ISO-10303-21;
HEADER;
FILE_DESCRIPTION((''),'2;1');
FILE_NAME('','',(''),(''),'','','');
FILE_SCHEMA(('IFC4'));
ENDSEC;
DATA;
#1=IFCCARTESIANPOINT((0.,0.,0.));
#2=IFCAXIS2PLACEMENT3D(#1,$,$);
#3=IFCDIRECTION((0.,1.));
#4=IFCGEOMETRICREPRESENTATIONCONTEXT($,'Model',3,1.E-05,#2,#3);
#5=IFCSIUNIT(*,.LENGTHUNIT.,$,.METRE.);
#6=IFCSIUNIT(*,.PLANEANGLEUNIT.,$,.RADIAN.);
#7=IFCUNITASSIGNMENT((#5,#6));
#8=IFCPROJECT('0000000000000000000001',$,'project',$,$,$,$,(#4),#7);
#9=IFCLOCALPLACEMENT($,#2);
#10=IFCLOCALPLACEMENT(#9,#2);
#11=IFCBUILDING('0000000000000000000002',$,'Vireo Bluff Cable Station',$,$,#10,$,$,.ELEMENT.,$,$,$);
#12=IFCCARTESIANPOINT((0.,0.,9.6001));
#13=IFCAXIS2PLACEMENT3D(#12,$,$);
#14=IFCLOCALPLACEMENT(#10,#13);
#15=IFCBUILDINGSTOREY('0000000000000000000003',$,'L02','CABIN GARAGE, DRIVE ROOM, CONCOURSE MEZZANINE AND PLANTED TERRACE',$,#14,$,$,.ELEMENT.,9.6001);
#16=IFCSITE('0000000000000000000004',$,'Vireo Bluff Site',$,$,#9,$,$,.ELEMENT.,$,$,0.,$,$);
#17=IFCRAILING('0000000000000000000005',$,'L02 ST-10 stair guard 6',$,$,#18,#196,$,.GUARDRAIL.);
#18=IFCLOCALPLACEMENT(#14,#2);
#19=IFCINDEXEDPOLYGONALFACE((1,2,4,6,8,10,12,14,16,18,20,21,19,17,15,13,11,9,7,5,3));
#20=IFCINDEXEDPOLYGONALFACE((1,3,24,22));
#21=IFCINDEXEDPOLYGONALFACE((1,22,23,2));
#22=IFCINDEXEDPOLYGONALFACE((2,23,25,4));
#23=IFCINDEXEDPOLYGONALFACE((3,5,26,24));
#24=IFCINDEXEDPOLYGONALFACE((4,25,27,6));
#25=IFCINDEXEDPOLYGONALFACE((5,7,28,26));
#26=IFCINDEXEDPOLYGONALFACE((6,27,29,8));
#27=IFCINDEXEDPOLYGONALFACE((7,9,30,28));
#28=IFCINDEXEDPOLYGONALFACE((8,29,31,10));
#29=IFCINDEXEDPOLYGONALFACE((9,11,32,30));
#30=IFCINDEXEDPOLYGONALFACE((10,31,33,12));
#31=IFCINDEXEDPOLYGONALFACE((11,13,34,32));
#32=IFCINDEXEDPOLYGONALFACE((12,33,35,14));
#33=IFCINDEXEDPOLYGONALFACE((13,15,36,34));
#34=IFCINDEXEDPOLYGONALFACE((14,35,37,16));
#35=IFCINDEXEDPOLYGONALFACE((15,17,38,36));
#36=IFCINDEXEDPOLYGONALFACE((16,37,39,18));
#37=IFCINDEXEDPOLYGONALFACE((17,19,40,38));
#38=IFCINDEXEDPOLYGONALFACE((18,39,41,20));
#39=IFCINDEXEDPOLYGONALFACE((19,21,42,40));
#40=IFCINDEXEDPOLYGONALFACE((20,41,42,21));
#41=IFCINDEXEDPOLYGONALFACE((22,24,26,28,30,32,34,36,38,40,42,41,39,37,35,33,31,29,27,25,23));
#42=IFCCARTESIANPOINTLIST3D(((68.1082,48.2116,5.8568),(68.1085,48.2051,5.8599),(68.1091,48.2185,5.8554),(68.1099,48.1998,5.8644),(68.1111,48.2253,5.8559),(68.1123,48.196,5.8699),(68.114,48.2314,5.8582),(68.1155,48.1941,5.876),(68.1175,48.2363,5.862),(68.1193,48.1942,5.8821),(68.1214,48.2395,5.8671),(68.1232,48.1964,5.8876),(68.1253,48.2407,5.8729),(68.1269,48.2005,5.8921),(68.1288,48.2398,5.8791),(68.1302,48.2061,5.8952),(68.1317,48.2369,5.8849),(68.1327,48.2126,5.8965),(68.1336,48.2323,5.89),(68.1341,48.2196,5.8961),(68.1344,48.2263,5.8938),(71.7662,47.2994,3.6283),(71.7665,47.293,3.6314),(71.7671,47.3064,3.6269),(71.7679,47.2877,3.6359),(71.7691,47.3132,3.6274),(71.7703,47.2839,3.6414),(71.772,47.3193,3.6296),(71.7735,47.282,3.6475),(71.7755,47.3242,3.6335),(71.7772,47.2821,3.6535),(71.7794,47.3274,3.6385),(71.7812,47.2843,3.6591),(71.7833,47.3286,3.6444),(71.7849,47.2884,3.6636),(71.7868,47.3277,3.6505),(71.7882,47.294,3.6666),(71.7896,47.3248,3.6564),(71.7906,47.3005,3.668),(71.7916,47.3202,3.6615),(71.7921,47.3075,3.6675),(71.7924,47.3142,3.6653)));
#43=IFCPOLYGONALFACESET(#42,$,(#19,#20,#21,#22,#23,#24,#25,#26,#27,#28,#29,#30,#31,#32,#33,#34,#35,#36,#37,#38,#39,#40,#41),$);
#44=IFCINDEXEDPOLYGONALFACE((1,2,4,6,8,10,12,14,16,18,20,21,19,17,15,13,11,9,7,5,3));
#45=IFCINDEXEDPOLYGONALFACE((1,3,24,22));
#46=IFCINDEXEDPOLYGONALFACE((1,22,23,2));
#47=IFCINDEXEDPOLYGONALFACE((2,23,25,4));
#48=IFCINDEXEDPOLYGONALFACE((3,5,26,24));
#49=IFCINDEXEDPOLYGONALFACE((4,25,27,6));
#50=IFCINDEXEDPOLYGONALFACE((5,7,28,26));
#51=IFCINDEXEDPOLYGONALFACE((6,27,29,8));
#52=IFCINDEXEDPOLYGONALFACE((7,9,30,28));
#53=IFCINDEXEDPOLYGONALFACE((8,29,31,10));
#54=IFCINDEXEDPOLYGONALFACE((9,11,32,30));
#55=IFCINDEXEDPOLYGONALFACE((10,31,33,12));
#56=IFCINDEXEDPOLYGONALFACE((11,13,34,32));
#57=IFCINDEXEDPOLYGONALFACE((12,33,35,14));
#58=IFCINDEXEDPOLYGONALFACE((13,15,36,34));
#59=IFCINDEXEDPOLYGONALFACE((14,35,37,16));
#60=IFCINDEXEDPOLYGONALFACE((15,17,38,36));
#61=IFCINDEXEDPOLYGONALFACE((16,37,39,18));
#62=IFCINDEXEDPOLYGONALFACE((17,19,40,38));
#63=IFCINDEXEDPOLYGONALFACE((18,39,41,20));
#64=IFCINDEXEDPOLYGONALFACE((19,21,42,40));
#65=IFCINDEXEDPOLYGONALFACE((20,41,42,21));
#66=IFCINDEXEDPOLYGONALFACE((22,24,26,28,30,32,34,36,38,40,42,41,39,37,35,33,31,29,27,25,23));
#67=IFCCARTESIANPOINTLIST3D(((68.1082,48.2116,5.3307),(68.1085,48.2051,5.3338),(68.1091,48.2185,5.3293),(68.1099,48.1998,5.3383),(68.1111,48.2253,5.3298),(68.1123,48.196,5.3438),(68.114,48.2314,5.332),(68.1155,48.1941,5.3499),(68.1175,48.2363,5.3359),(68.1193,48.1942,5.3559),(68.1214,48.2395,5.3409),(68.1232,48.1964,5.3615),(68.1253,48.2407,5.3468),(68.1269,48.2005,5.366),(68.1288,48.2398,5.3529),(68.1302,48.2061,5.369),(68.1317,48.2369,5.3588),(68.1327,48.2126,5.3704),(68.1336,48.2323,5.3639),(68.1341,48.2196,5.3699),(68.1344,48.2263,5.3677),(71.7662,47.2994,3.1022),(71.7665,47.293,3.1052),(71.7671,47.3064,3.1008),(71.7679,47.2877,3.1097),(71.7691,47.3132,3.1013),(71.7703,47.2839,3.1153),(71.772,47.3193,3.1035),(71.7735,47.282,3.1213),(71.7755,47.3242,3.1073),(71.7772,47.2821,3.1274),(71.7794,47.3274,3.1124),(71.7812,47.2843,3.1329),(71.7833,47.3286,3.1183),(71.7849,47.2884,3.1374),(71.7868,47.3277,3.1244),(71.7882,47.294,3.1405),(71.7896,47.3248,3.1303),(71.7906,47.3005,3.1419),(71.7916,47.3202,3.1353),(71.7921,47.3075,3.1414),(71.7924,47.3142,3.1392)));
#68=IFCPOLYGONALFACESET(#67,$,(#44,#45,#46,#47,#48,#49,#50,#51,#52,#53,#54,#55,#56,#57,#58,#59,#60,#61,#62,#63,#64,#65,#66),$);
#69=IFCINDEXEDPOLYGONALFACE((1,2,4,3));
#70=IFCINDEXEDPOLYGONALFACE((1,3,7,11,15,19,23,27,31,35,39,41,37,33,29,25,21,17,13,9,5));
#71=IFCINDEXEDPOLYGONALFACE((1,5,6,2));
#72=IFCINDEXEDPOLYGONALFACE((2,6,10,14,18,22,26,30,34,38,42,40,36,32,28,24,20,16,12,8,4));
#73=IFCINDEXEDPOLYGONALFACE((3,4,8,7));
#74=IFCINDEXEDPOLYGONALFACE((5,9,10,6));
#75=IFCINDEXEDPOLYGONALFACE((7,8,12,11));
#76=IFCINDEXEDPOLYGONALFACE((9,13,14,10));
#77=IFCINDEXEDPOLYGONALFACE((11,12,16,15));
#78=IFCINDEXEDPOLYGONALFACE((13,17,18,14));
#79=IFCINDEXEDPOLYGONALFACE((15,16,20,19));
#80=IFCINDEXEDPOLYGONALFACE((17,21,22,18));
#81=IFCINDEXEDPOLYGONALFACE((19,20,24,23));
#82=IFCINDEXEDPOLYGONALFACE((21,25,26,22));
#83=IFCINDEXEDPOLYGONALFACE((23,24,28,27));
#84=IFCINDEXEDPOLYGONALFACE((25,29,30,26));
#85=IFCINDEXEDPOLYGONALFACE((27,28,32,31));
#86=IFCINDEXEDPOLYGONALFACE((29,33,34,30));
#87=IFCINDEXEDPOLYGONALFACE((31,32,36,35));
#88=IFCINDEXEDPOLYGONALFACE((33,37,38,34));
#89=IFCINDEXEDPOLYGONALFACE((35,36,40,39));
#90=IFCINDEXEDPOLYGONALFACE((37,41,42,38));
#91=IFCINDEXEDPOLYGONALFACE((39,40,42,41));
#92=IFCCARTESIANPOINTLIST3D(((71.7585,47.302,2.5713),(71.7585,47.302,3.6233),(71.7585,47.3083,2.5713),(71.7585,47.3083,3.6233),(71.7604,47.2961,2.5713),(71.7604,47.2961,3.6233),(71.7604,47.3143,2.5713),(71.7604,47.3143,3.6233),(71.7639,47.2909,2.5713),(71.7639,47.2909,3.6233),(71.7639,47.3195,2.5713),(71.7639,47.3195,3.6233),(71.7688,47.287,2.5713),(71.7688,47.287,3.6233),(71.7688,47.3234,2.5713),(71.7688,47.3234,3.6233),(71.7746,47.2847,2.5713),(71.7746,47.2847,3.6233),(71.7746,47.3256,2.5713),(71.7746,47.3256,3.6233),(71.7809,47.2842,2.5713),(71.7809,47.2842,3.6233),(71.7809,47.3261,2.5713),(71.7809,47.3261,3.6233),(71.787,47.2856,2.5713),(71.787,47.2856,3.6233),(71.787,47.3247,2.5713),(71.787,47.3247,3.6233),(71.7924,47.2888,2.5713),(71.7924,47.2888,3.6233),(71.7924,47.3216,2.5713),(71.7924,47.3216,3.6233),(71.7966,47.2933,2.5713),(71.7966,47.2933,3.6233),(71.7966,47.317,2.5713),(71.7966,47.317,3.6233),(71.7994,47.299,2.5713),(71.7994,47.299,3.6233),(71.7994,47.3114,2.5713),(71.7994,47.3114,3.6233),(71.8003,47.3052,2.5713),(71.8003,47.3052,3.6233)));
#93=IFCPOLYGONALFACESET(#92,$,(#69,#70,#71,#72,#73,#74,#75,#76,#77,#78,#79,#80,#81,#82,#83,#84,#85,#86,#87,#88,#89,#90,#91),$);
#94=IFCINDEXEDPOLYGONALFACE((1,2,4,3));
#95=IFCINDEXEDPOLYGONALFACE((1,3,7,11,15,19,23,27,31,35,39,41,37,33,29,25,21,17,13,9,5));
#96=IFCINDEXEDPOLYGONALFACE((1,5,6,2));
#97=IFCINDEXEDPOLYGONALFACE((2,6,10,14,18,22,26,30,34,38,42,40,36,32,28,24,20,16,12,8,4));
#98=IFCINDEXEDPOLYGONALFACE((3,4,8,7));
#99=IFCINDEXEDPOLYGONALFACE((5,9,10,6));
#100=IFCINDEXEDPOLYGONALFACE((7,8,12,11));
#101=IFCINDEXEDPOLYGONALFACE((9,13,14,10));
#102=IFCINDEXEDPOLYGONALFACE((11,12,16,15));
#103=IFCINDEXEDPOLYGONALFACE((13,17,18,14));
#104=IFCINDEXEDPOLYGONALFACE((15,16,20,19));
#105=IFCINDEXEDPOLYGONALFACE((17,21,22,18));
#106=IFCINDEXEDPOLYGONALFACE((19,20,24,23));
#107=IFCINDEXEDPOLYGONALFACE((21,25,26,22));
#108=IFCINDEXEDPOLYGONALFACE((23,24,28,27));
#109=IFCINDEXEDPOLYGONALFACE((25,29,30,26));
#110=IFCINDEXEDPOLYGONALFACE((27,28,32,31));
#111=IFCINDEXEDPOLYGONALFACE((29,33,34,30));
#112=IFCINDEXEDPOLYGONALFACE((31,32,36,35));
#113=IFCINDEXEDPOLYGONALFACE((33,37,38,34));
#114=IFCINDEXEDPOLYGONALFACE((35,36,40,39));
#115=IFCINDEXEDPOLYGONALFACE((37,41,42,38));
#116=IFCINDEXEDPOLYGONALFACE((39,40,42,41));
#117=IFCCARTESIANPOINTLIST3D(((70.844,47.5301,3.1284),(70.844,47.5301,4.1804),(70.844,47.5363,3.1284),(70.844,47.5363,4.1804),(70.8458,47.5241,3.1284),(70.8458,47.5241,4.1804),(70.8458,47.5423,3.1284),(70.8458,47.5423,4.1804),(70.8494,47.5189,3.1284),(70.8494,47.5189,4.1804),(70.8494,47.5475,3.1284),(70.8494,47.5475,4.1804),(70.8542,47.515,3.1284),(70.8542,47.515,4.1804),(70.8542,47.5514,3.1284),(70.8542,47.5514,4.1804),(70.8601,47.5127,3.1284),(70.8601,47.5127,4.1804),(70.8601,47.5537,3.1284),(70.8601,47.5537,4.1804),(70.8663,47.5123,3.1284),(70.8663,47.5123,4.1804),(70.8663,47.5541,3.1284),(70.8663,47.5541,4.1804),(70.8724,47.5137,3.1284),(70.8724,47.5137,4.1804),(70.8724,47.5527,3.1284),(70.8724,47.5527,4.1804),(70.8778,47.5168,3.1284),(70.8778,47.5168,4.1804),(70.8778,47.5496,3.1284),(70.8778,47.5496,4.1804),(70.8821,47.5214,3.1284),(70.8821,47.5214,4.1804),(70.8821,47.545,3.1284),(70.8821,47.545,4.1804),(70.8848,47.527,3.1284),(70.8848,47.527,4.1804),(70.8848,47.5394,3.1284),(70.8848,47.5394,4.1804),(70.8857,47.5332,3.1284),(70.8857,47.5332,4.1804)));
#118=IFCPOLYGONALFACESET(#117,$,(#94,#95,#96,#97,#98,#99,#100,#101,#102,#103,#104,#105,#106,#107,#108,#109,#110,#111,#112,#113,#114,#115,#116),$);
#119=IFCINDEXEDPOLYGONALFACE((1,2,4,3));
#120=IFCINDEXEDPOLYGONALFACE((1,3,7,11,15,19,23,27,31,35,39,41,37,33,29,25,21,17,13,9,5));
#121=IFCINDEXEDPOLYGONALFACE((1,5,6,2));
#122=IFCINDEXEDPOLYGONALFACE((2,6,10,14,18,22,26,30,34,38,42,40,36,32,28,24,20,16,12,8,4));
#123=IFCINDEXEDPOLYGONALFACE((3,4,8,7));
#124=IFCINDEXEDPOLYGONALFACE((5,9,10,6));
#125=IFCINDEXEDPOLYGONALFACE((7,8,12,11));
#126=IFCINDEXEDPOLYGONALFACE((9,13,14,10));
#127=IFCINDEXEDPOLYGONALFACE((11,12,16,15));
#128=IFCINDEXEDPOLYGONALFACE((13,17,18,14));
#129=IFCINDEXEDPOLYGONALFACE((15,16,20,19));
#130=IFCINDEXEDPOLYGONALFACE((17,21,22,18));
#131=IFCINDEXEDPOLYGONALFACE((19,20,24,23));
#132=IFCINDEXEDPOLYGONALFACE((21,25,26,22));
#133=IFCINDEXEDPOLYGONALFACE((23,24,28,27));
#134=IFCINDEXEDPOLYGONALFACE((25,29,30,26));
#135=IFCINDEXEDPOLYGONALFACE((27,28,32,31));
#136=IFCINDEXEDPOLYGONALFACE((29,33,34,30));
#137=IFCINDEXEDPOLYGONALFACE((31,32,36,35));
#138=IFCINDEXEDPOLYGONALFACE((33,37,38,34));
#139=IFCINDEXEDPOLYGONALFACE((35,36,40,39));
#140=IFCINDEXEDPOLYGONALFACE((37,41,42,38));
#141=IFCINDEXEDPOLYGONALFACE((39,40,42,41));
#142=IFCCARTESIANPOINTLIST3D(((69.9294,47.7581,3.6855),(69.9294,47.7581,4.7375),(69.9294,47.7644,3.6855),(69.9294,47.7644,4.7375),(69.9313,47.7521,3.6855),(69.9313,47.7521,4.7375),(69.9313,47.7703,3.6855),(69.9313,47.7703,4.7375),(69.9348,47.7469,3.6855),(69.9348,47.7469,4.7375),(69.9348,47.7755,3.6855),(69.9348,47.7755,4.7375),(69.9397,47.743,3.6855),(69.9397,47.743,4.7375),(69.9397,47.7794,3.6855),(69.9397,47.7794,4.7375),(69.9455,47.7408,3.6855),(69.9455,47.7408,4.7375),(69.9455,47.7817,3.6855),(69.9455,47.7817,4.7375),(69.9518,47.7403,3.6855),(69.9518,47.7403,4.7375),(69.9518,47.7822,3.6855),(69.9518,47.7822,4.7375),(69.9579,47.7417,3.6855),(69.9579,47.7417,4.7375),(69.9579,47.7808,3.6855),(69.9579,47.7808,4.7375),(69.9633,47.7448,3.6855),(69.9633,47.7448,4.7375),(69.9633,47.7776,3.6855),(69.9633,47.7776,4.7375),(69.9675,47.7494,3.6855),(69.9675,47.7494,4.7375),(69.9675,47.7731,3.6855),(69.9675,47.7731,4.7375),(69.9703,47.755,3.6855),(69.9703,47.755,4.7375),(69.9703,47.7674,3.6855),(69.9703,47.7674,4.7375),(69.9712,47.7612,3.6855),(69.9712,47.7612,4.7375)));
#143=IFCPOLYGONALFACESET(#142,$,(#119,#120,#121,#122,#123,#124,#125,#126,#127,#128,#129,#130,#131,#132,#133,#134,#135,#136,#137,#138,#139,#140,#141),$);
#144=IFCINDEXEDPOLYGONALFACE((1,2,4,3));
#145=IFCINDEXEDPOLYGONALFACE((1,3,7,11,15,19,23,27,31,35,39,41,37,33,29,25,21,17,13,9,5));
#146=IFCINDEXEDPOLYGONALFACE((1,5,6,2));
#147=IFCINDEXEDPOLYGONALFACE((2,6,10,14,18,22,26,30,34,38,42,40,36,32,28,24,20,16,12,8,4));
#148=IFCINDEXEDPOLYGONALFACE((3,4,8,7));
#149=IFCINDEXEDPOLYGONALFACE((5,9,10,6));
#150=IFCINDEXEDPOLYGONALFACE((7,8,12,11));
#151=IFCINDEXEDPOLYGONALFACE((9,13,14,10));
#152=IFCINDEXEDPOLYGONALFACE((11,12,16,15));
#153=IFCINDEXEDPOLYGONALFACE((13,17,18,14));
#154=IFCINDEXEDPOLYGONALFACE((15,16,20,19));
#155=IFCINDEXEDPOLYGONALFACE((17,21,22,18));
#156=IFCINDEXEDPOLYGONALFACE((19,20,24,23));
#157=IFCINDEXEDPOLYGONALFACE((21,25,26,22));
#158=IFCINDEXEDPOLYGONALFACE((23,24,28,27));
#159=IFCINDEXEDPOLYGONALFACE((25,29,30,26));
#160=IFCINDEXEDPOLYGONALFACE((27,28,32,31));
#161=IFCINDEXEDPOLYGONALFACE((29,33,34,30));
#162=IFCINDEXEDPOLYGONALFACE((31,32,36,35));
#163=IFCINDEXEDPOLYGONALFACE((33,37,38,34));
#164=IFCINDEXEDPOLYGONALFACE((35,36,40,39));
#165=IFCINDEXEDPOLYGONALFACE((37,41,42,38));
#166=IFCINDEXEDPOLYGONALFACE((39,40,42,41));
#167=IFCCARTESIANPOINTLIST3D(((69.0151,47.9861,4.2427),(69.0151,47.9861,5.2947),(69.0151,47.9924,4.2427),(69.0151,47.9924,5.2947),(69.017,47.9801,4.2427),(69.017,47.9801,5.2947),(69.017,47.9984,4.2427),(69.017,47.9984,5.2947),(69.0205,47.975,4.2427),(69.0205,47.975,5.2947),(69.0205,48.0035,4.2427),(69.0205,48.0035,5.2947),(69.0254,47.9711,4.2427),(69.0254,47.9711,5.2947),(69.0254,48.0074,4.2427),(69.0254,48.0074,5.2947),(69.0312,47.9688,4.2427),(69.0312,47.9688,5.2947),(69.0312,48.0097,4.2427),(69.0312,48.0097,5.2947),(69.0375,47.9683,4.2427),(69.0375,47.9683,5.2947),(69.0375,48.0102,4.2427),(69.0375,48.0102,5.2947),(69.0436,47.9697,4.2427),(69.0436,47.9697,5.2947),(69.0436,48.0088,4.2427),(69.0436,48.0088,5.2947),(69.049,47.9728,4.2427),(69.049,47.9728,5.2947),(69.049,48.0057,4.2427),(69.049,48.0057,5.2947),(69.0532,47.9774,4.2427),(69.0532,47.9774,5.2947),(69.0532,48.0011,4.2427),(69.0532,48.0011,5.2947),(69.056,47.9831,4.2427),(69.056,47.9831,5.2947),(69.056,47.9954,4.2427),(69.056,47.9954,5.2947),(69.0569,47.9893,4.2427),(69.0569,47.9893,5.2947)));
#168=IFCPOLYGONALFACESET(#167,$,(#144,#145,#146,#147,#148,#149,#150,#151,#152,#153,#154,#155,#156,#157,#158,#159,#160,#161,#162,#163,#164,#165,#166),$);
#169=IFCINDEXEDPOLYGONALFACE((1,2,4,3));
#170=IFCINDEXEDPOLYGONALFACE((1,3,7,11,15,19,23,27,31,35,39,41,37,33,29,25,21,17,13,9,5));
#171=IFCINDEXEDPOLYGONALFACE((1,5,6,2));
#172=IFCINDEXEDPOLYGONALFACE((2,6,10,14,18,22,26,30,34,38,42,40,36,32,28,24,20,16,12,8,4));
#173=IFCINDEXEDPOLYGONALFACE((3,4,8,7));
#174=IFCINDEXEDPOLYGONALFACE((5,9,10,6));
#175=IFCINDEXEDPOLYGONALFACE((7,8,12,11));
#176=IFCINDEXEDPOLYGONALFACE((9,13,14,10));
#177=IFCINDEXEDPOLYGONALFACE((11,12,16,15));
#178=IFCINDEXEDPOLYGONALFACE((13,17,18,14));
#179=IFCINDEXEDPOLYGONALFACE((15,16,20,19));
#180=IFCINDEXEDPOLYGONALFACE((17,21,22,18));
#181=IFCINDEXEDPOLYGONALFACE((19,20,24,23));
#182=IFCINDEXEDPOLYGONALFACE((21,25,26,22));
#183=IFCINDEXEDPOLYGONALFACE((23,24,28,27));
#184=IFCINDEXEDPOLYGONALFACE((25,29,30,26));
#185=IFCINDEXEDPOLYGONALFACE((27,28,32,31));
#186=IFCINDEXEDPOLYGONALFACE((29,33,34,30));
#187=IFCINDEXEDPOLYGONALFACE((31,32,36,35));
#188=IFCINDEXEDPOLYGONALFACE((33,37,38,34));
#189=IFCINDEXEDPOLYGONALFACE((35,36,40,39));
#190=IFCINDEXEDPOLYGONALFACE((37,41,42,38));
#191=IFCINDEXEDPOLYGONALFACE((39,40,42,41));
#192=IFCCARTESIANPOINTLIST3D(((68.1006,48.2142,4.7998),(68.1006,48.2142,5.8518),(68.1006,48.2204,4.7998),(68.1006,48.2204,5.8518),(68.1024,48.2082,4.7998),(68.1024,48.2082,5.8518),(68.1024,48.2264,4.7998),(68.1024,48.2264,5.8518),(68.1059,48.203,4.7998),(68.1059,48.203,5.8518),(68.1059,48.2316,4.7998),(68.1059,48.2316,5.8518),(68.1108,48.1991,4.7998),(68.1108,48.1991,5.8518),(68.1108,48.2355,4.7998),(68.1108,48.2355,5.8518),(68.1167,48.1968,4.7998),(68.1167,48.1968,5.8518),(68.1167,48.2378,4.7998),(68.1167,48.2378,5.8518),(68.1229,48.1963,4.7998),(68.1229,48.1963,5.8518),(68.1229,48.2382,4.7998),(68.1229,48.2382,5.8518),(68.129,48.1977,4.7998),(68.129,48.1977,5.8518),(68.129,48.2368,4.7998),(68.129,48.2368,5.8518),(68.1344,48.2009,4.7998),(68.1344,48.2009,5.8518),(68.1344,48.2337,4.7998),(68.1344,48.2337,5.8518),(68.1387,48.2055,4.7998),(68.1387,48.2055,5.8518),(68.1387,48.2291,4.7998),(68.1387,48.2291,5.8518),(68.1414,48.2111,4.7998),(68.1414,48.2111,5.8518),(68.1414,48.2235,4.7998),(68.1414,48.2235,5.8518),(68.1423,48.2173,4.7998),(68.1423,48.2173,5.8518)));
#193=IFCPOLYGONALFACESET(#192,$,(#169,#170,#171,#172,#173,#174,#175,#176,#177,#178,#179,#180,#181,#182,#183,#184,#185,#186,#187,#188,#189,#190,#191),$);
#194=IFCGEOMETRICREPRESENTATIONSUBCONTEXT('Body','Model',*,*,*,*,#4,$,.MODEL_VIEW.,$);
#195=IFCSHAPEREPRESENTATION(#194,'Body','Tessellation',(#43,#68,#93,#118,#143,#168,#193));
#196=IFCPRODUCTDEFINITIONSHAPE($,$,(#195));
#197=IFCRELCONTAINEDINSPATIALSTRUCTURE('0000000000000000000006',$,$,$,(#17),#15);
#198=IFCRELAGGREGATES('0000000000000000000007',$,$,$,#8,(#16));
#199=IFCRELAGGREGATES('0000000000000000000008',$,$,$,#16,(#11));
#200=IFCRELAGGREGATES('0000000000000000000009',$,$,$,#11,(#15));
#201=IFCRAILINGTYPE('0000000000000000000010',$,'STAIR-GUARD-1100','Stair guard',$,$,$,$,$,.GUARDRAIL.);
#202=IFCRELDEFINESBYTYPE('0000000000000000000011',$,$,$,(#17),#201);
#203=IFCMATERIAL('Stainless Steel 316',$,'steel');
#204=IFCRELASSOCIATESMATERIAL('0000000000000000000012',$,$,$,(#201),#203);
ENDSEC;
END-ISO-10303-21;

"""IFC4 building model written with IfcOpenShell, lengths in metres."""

from ifc_helpers import new_model, si_unit, direction, frame, origin, origin_2d, place, context, subcontext, project, spatial, circle, extrude, material, type_object, element, save


model = new_model("IFC4")

# Units and contexts
model_context = context("Model", 3, precision=1e-05, world=origin(), true_north=direction((0.0, 1.0)))
body_context = subcontext(model_context, "Body", "Model", "MODEL_VIEW")
ifc_project = project(units=[si_unit("LENGTHUNIT", "METRE"), si_unit("PLANEANGLEUNIT", "RADIAN")], contexts=[model_context])

# Site, building, storey
site_placement = place(None, origin())
site = spatial("IfcSite", under=ifc_project, at=site_placement, Name="Vireo Bluff Site", CompositionType="ELEMENT", RefElevation=0.0)
building_placement = place(site_placement, origin())
building = spatial("IfcBuilding", under=site, at=building_placement, Name="Vireo Bluff Cable Station", CompositionType="ELEMENT")
storey_placement = place(building_placement, frame((0.0, 0.0, 9.6001)))
storey = spatial("IfcBuildingStorey", under=building, at=storey_placement, Name="L02", Description="CABIN GARAGE, DRIVE ROOM, CONCOURSE MEZZANINE AND PLANTED TERRACE", CompositionType="ELEMENT", Elevation=9.6001)

# Railing
ifc_material_1 = material(Name="Stainless Steel 316", Category="steel")
railing_type_1 = type_object("IfcRailingType", Name="STAIR-GUARD-1100", Description="Stair guard", PredefinedType="GUARDRAIL", material=ifc_material_1)
railing_1_placement = place(storey_placement, frame((71.7793, 47.3052, 2.5713)))
element("IfcRailing", 1, at=railing_1_placement, inside=storey, type_object=railing_type_1, Name="L02 ST-10 stair guard 6", PredefinedType="GUARDRAIL", context=body_context, shape_type="SweptSolid", body=[
    extrude(circle(Radius=0.0239, at=origin_2d()), frame((0.0, 0.0, 1.0762), z_axis=(-0.83527, 0.208274, 0.508867), x_axis=(-0.241941, -0.970291, 0.0)), (0.0, 0.0, 1.0), 4.3794),
    extrude(circle(Radius=0.0239, at=origin_2d()), frame((0.0, 0.0, 0.55), z_axis=(-0.83527, 0.208274, 0.508867), x_axis=(-0.241941, -0.970291, 0.0)), (0.0, 0.0, 1.0), 4.3794),
    extrude(circle(Radius=0.021, at=origin_2d()), origin(), (0.0, 0.0, 1.0), 1.052),
    extrude(circle(Radius=0.021, at=origin_2d()), frame((-0.9146, 0.228, 0.5571)), (0.0, 0.0, 1.0), 1.052),
    extrude(circle(Radius=0.021, at=origin_2d()), frame((-1.8291, 0.4561, 1.1143)), (0.0, 0.0, 1.0), 1.052),
    extrude(circle(Radius=0.021, at=origin_2d()), frame((-2.7434, 0.6841, 1.6714)), (0.0, 0.0, 1.0), 1.052),
    extrude(circle(Radius=0.021, at=origin_2d()), frame((-3.658, 0.9121, 2.2285)), (0.0, 0.0, 1.0), 1.052),
])

save(model, "model.ifc")
